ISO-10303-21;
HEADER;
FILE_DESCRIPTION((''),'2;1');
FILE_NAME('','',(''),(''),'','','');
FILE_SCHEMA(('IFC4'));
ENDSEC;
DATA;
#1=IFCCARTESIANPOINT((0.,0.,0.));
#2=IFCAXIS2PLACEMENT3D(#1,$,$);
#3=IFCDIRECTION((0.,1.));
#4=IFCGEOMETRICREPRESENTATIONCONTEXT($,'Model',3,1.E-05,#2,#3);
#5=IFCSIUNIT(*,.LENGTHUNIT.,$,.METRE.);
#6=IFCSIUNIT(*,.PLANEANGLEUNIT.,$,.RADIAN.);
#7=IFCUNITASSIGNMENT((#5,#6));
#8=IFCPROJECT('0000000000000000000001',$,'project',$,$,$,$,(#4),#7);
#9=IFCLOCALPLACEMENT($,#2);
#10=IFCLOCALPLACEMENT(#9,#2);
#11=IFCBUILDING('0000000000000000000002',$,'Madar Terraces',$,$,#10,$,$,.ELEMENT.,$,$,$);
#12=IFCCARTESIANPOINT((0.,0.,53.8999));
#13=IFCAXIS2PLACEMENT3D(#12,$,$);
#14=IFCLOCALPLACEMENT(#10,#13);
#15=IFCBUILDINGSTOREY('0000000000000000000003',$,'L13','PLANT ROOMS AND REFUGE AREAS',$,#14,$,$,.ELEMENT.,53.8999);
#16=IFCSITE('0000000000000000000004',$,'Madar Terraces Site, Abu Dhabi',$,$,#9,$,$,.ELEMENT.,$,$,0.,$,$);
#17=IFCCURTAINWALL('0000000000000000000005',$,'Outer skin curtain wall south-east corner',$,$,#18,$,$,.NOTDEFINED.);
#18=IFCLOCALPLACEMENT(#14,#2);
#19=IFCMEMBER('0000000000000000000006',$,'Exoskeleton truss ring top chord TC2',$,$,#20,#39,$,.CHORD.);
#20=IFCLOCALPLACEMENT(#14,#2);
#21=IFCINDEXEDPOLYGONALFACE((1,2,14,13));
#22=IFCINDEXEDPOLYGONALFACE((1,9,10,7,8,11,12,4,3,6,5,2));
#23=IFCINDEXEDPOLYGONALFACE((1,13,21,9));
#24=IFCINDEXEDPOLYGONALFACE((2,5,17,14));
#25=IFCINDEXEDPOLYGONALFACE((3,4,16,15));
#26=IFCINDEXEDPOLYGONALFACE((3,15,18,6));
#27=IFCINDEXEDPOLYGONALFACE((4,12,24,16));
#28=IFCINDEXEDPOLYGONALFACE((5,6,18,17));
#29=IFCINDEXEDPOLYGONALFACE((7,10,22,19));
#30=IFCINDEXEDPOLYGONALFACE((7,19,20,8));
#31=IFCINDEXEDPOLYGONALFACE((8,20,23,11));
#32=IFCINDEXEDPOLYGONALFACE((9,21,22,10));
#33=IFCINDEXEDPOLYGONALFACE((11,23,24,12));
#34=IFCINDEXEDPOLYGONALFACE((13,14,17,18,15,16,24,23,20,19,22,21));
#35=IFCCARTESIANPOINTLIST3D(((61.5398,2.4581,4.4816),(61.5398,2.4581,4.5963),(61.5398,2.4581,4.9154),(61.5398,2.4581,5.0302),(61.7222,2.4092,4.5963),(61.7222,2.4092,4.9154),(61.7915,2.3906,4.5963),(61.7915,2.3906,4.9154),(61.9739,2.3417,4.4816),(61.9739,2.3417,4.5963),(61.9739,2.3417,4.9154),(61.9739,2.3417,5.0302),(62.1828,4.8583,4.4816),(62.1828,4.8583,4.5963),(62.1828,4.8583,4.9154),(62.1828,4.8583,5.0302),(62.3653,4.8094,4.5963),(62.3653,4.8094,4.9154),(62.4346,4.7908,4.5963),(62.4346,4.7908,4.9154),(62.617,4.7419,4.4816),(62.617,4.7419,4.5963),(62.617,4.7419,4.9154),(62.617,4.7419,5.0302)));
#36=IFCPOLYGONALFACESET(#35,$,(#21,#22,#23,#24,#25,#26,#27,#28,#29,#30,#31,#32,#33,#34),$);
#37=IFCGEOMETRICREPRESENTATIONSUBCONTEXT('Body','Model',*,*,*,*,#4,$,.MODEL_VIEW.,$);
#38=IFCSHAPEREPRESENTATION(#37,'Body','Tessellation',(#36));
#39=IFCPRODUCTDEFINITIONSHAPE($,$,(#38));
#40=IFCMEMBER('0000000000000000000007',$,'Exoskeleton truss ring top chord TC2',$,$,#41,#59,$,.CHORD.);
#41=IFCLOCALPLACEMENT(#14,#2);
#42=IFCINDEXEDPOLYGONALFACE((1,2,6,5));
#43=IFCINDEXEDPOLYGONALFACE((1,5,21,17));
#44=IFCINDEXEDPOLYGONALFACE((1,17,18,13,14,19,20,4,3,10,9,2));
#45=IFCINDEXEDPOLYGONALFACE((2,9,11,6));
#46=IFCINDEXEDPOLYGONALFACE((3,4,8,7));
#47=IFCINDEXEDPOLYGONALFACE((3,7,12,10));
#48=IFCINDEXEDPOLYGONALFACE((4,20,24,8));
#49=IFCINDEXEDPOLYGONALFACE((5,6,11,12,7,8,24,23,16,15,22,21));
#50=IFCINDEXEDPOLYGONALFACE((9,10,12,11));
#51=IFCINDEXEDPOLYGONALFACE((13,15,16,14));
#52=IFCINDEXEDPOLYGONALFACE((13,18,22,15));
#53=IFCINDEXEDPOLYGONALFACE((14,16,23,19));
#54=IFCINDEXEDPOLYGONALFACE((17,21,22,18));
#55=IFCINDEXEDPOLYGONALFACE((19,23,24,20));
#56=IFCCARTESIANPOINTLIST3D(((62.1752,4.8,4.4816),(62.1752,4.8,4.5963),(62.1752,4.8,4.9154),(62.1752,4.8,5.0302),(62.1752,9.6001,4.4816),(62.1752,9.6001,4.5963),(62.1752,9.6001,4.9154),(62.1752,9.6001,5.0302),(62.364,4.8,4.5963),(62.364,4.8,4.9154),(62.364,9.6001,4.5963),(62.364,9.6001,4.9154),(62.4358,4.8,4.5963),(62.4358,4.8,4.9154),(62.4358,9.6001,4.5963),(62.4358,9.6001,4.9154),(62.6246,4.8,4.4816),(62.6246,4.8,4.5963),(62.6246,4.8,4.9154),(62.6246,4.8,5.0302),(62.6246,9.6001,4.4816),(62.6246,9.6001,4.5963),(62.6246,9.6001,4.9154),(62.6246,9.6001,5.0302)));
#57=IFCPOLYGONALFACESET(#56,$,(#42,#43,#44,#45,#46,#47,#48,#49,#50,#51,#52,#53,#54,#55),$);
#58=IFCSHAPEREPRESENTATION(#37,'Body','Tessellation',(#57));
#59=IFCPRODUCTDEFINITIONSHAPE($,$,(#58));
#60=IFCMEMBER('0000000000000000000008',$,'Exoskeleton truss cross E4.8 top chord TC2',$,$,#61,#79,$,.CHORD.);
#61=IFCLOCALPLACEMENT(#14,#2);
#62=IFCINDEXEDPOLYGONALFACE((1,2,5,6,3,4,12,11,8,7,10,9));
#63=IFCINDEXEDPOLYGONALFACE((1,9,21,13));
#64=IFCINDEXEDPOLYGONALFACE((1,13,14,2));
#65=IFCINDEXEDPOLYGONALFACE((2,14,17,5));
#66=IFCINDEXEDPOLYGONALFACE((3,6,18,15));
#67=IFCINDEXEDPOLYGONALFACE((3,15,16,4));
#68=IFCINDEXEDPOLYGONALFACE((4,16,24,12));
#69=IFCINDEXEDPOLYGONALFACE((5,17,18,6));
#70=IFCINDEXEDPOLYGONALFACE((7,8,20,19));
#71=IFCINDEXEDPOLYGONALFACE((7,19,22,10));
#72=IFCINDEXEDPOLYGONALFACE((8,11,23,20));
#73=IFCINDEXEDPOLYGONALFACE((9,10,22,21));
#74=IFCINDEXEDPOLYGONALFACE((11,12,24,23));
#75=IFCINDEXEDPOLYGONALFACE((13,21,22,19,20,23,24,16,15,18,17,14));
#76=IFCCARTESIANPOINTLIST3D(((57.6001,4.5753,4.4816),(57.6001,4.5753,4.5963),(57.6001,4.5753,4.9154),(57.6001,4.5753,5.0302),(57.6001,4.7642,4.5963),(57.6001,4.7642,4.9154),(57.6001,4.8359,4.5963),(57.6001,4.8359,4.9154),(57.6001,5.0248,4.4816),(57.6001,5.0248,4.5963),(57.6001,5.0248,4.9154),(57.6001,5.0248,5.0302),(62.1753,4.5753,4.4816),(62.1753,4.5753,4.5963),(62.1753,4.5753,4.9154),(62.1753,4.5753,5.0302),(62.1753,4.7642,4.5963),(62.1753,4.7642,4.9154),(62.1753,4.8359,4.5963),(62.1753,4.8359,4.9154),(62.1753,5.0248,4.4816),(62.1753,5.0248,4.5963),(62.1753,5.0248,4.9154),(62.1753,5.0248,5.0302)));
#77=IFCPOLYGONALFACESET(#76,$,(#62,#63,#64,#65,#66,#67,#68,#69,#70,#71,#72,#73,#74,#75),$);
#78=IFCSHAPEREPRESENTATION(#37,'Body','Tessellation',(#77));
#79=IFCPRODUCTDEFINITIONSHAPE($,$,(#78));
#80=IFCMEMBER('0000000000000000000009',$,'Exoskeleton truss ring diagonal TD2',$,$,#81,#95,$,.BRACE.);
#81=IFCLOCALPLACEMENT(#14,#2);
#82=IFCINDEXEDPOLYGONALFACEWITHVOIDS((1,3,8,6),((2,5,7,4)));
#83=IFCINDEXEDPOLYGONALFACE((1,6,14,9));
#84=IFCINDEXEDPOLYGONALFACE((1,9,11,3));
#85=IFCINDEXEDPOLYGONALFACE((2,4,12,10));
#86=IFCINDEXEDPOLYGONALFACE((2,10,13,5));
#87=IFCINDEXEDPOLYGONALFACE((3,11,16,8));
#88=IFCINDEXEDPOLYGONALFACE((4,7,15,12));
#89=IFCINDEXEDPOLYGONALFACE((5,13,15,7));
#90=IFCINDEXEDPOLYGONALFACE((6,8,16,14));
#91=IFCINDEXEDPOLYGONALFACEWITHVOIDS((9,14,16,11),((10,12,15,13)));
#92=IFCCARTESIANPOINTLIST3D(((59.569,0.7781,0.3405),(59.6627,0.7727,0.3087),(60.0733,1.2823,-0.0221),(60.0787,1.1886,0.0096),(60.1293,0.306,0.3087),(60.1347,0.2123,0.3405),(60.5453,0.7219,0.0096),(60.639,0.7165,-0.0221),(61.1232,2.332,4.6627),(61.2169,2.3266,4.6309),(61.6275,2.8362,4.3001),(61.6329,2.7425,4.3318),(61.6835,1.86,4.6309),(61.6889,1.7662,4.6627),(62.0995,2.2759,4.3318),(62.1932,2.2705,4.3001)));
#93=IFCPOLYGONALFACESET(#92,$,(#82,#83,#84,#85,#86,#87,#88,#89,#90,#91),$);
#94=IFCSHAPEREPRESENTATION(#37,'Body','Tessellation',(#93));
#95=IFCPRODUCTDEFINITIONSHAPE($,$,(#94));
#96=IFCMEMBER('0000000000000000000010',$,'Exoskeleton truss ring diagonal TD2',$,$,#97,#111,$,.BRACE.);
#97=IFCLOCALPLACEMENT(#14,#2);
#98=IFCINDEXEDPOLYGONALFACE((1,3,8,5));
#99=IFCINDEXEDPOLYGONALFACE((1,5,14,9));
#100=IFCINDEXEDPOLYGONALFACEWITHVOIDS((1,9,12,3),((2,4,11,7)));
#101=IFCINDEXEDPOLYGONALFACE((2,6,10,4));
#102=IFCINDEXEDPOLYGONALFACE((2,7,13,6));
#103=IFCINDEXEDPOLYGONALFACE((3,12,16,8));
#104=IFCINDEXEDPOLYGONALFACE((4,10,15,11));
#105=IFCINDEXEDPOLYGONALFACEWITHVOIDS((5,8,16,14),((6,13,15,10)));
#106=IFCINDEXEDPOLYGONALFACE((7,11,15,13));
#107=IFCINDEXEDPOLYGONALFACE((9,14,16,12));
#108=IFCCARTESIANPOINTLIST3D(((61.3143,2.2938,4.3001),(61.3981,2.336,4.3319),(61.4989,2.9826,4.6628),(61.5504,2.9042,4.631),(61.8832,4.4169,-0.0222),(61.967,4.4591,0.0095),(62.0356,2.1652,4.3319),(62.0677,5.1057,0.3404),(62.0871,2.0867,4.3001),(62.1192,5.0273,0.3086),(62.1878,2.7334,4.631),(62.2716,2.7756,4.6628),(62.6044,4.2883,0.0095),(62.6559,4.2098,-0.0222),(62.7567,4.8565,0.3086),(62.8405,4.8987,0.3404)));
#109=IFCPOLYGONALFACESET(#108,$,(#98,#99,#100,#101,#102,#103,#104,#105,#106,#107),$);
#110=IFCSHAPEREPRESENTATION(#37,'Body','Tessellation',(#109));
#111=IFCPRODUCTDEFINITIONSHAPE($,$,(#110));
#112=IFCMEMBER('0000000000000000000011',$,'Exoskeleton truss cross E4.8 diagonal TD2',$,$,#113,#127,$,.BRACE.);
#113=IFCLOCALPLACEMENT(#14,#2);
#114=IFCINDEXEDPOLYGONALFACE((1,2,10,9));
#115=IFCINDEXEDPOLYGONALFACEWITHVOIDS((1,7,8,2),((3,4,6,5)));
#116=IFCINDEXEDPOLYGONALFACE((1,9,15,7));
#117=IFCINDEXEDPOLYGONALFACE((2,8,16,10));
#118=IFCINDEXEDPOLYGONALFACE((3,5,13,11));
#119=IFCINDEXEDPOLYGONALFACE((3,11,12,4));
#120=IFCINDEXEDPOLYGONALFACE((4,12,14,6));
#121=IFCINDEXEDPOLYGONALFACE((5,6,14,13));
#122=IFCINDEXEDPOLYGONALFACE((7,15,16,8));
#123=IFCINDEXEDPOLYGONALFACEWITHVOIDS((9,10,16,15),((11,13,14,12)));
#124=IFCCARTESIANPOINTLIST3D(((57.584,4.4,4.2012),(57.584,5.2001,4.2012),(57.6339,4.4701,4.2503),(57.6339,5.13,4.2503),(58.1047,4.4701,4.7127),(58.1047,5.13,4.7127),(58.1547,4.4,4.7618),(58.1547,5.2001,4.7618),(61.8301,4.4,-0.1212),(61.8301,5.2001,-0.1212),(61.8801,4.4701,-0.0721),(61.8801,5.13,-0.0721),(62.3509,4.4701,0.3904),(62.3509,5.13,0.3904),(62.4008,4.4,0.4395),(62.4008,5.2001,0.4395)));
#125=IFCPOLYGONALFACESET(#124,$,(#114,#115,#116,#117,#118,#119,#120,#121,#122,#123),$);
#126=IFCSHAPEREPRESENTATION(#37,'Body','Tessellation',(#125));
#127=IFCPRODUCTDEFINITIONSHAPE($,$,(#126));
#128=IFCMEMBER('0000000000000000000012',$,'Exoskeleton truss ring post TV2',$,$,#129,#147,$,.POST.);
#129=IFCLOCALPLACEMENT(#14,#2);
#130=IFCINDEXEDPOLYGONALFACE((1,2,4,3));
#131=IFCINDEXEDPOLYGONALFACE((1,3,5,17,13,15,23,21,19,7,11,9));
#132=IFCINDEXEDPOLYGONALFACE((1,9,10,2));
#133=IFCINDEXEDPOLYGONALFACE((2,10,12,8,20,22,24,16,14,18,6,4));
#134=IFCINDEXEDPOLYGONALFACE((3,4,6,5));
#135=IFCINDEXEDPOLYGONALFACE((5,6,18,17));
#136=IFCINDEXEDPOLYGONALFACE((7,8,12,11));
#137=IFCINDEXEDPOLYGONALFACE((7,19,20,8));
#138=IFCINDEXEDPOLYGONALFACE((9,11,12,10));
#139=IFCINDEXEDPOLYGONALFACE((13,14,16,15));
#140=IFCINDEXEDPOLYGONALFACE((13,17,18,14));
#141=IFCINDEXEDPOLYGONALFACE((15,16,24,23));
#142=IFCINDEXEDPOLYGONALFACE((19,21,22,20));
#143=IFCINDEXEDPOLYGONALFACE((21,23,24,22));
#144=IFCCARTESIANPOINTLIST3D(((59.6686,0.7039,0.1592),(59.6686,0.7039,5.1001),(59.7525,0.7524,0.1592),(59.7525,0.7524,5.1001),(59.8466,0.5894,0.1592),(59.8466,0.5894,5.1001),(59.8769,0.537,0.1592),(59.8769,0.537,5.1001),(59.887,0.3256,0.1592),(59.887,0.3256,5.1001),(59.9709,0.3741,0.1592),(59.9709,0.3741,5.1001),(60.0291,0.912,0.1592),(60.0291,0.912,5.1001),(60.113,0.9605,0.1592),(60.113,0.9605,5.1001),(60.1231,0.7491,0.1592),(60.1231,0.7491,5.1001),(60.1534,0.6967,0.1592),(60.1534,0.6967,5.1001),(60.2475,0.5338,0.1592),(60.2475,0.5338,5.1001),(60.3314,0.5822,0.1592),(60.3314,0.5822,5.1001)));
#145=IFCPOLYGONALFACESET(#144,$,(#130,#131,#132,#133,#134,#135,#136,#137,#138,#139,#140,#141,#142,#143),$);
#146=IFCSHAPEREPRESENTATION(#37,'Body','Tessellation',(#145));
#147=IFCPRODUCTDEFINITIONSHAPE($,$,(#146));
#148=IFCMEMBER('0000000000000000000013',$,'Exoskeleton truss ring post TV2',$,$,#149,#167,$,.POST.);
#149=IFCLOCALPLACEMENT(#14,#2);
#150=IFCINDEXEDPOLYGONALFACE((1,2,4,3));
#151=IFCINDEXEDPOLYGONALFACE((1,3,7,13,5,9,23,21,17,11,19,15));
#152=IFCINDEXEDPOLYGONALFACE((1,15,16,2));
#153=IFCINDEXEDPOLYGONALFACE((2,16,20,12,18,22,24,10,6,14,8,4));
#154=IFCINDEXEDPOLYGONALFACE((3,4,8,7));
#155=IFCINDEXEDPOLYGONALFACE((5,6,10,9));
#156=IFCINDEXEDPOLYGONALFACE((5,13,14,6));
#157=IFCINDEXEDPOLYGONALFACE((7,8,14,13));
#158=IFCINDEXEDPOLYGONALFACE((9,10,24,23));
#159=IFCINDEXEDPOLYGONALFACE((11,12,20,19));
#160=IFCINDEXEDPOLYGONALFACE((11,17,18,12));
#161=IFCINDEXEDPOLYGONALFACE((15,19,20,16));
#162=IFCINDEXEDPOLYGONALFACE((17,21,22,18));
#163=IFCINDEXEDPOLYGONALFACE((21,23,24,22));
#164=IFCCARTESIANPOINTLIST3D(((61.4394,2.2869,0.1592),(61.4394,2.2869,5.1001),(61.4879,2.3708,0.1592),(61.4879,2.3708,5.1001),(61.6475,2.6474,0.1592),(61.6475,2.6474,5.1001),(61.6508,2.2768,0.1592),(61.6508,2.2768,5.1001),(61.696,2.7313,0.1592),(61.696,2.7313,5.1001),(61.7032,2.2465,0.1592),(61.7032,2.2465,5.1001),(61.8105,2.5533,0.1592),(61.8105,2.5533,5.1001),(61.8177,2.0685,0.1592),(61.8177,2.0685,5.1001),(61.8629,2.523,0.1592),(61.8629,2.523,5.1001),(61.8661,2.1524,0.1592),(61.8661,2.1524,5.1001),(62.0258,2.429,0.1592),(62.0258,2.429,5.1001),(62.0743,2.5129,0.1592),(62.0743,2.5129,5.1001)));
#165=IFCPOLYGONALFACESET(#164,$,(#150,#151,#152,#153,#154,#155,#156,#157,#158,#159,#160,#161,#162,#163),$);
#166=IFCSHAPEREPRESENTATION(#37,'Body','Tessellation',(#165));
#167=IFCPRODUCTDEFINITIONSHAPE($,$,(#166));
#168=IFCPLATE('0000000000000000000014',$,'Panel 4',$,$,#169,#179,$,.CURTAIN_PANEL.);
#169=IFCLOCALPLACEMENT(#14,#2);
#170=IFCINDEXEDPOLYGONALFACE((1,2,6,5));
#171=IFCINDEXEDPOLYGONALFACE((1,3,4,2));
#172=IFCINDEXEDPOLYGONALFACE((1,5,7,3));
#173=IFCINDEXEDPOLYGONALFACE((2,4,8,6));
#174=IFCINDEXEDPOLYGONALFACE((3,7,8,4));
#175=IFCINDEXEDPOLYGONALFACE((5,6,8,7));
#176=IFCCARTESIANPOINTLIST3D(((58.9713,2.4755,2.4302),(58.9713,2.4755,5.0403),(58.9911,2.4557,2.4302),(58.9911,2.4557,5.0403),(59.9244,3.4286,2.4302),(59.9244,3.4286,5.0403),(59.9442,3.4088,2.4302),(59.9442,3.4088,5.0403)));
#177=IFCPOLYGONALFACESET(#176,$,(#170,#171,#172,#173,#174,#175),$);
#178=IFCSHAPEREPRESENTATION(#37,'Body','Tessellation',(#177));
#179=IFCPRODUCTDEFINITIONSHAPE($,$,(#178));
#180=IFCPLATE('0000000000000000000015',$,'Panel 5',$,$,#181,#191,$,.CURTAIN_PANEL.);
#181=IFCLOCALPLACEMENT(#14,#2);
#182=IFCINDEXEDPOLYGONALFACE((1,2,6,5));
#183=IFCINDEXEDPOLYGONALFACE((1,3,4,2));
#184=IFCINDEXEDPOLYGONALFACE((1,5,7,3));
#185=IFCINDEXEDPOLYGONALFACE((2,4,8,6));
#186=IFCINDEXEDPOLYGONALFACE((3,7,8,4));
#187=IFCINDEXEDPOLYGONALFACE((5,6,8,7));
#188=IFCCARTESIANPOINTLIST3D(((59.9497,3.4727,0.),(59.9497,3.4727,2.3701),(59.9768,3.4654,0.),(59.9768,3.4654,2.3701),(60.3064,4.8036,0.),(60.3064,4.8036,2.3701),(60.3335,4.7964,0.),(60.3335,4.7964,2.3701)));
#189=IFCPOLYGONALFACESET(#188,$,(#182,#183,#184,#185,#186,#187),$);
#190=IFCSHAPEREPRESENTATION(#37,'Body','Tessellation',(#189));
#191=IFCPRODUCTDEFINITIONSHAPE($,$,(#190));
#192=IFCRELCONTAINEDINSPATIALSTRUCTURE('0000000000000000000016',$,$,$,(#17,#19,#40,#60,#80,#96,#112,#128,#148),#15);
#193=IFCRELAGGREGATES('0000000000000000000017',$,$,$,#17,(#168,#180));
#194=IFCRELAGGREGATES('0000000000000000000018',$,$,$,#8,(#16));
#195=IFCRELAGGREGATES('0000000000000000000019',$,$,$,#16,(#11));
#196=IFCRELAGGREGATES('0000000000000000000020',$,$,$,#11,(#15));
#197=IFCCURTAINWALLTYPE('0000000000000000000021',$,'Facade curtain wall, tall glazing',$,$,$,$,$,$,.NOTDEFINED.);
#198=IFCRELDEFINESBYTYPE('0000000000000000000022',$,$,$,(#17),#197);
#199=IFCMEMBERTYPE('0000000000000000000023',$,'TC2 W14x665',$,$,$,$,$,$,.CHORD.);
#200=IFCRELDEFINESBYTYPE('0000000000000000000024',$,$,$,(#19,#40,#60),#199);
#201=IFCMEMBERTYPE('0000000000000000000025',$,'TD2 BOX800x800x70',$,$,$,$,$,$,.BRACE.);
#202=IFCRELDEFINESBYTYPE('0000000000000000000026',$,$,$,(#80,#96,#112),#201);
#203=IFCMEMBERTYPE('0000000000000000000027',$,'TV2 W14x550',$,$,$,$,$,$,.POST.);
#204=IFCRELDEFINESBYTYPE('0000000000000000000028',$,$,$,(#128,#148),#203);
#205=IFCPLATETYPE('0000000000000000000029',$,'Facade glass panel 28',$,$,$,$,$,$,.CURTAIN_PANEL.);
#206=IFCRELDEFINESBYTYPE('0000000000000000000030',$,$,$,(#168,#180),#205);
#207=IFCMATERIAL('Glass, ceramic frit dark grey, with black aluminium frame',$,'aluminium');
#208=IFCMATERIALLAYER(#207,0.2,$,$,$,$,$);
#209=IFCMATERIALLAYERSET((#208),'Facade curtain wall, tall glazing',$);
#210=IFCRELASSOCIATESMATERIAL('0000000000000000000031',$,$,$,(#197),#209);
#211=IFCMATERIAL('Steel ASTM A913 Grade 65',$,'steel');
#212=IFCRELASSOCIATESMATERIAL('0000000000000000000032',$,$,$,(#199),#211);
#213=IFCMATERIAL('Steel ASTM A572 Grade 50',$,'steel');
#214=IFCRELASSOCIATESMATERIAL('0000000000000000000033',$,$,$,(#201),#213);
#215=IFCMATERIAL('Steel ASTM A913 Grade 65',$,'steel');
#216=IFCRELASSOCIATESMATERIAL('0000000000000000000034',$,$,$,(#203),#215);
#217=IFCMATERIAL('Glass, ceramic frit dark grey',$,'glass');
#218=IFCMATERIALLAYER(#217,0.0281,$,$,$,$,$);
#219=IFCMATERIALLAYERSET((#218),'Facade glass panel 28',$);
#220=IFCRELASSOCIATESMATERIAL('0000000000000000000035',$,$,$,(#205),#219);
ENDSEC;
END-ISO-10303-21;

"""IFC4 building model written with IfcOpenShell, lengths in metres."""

from ifc_helpers import new_model, si_unit, direction, frame, origin, origin_2d, place, context, subcontext, project, spatial, rectangle, hollow_rectangle, i_section, extrude, material, layer, layer_set, material_profile, profile_set, type_object, element, aggregate, save


model = new_model("IFC4")

# Units and contexts
model_context = context("Model", 3, precision=1e-05, world=origin(), true_north=direction((0.0, 1.0)))
body_context = subcontext(model_context, "Body", "Model", "MODEL_VIEW")
ifc_project = project(units=[si_unit("LENGTHUNIT", "METRE"), si_unit("PLANEANGLEUNIT", "RADIAN")], contexts=[model_context])

# Site, building, storey
site_placement = place(None, origin())
site = spatial("IfcSite", under=ifc_project, at=site_placement, Name="Madar Terraces Site, Abu Dhabi", CompositionType="ELEMENT", RefElevation=0.0)
building_placement = place(site_placement, origin())
building = spatial("IfcBuilding", under=site, at=building_placement, Name="Madar Terraces", CompositionType="ELEMENT")
storey_placement = place(building_placement, frame((0.0, 0.0, 53.8999)))
storey = spatial("IfcBuildingStorey", under=building, at=storey_placement, Name="L13", Description="PLANT ROOMS AND REFUGE AREAS", CompositionType="ELEMENT", Elevation=53.8999)

# Curtain wall
ifc_material_1 = material(Name="Glass, ceramic frit dark grey, with black aluminium frame", Category="aluminium")
ifc_layer_1 = layer(ifc_material_1, 0.2)
ifc_layer_set_1 = layer_set([ifc_layer_1], Name="Facade curtain wall, tall glazing")
curtain_wall_type = type_object("IfcCurtainWallType", Name="Facade curtain wall, tall glazing", PredefinedType="NOTDEFINED", material=ifc_layer_set_1)
curtain_wall_1_placement = place(storey_placement, origin())
curtain_wall_1 = element("IfcCurtainWall", 1, at=curtain_wall_1_placement, inside=storey, type_object=curtain_wall_type, Name="Outer skin curtain wall south-east corner", PredefinedType="NOTDEFINED")

# Members
ifc_material_2 = material(Name="Steel ASTM A913 Grade 65", Category="steel")
ifc_material_profile_1 = material_profile(ifc_material_2, i_section(OverallWidth=0.4495, OverallDepth=0.5486, WebThickness=0.0718, FlangeThickness=0.1147, at=origin_2d()), Name="W14x665")
ifc_profile_set_1 = profile_set([ifc_material_profile_1], Name="Steel ASTM A913 Grade 65")
member_type_1 = type_object("IfcMemberType", Name="TC2 W14x665", PredefinedType="CHORD", material=ifc_profile_set_1)
member_1_placement = place(storey_placement, frame((61.7568, 2.3999, 4.7559), z_axis=(0.2588, 0.965931, 0.0), x_axis=(-0.965931, 0.2588, 0.0)))
element("IfcMember", 2, at=member_1_placement, inside=storey, type_object=member_type_1, Name="Exoskeleton truss ring top chord TC2", PredefinedType="CHORD", context=body_context, shape_type="SweptSolid", body=[
    extrude(i_section(OverallWidth=0.4495, OverallDepth=0.5486, WebThickness=0.0718, FlangeThickness=0.1147, at=origin_2d()), origin(), (0.0, 0.0, 1.0), 2.4849),
])
member_2_placement = place(storey_placement, frame((62.3999, 4.8, 4.7559), z_axis=(0.0, 1.0, 0.0), x_axis=(-1.0, 0.0, 0.0)))
element("IfcMember", 3, at=member_2_placement, inside=storey, type_object=member_type_1, Name="Exoskeleton truss ring top chord TC2", PredefinedType="CHORD", context=body_context, shape_type="SweptSolid", body=[
    extrude(i_section(OverallWidth=0.4495, OverallDepth=0.5486, WebThickness=0.0718, FlangeThickness=0.1147, at=origin_2d()), origin(), (0.0, 0.0, 1.0), 4.8),
])
member_3_placement = place(storey_placement, frame((62.1753, 4.8, 4.7559), z_axis=(-1.0, 0.0, 0.0), x_axis=(0.0, -1.0, 0.0)))
element("IfcMember", 4, at=member_3_placement, inside=storey, type_object=member_type_1, Name="Exoskeleton truss cross E4.8 top chord TC2", PredefinedType="CHORD", context=body_context, shape_type="SweptSolid", body=[
    extrude(i_section(OverallWidth=0.4495, OverallDepth=0.5486, WebThickness=0.0718, FlangeThickness=0.1147, at=origin_2d()), origin(), (0.0, 0.0, 1.0), 4.5752),
])
ifc_material_3 = material(Name="Steel ASTM A572 Grade 50", Category="steel")
ifc_material_profile_2 = material_profile(ifc_material_3, hollow_rectangle(XDim=0.8, YDim=0.8, WallThickness=0.0701, at=origin_2d()), Name="BOX800x800x70")
ifc_profile_set_2 = profile_set([ifc_material_profile_2], Name="Steel ASTM A572 Grade 50")
member_type_2 = type_object("IfcMemberType", Name="TD2 BOX800x800x70", PredefinedType="BRACE", material=ifc_profile_set_2)
member_4_placement = place(storey_placement, frame((60.104, 0.7473, 0.1592), z_axis=(0.320523, 0.320473, 0.891382), x_axis=(-0.707051, 0.707162, 0.0)))
element("IfcMember", 5, at=member_4_placement, inside=storey, type_object=member_type_2, Name="Exoskeleton truss ring diagonal TD2", PredefinedType="BRACE", context=body_context, shape_type="SweptSolid", body=[
    extrude(hollow_rectangle(XDim=0.8, YDim=0.8, WallThickness=0.0701, at=origin_2d()), origin(), (0.0, 0.0, 1.0), 4.8489),
])
member_5_placement = place(storey_placement, frame((61.793, 2.5347, 4.4814), z_axis=(0.117312, 0.437831, -0.891371), x_axis=(-0.965928, 0.25881, 0.0)))
element("IfcMember", 6, at=member_5_placement, inside=storey, type_object=member_type_2, Name="Exoskeleton truss ring diagonal TD2", PredefinedType="BRACE", context=body_context, shape_type="SweptSolid", body=[
    extrude(hollow_rectangle(XDim=0.8, YDim=0.8, WallThickness=0.0701, at=origin_2d()), origin(), (0.0, 0.0, 1.0), 4.8491),
])
member_6_placement = place(storey_placement, frame((62.1155, 4.8, 0.1592), z_axis=(-0.700793, 0.0, 0.713365), x_axis=(0.0, -1.0, 0.0)))
element("IfcMember", 7, at=member_6_placement, inside=storey, type_object=member_type_2, Name="Exoskeleton truss cross E4.8 diagonal TD2", PredefinedType="BRACE", context=body_context, shape_type="SweptSolid", body=[
    extrude(hollow_rectangle(XDim=0.8, YDim=0.8, WallThickness=0.0701, at=origin_2d()), origin(), (0.0, 0.0, 1.0), 6.0591),
])
ifc_material_4 = material(Name="Steel ASTM A913 Grade 65", Category="steel")
ifc_material_profile_3 = material_profile(ifc_material_4, i_section(OverallWidth=0.4368, OverallDepth=0.5132, WebThickness=0.0605, FlangeThickness=0.0969, at=origin_2d()), Name="W14x550")
ifc_profile_set_3 = profile_set([ifc_material_profile_3], Name="Steel ASTM A913 Grade 65")
member_type_3 = type_object("IfcMemberType", Name="TV2 W14x550", PredefinedType="POST", material=ifc_profile_set_3)
for number, where, z_axis, x_axis, name in (
    (8, (60.0, 0.6431, 0.1592), (0.0, 0.0, 1.0), (-0.5, 0.866025, 0.0), "Exoskeleton truss ring post TV2"),
    (9, (61.7568, 2.3999, 0.1592), (0.0, 0.0, 1.0), (-0.866025, 0.5, 0.0), "Exoskeleton truss ring post TV2"),
):
    element("IfcMember", number, at=place(storey_placement, frame(where, z_axis=z_axis, x_axis=x_axis)), inside=storey, type_object=member_type_3, Name=name, PredefinedType="POST", context=body_context, shape_type="SweptSolid", body=[
        extrude(i_section(OverallWidth=0.4368, OverallDepth=0.5132, WebThickness=0.0605, FlangeThickness=0.0969, at=origin_2d()), origin(), (0.0, 0.0, 1.0), 4.9409),
    ])

# Plates
ifc_material_5 = material(Name="Glass, ceramic frit dark grey", Category="glass")
ifc_layer_2 = layer(ifc_material_5, 0.0281)
ifc_layer_set_2 = layer_set([ifc_layer_2], Name="Facade glass panel 28")
plate_type = type_object("IfcPlateType", Name="Facade glass panel 28", PredefinedType="CURTAIN_PANEL", material=ifc_layer_set_2)
plate_1_placement = place(storey_placement, frame((59.4578, 2.9421, 2.4302), z_axis=(0.0, 0.0, 1.0), x_axis=(0.707107, 0.707107, 0.0)))
plate_1 = element("IfcPlate", 10, at=plate_1_placement, type_object=plate_type, Name="Panel 4", PredefinedType="CURTAIN_PANEL", context=body_context, shape_type="SweptSolid", body=[
    extrude(rectangle(XDim=1.3479, YDim=0.0281, at=origin_2d()), origin(), (0.0, 0.0, 1.0), 2.6101),
])
plate_2_placement = place(storey_placement, frame((60.1416, 4.1345, 0.0), z_axis=(0.0, 0.0, 1.0), x_axis=(0.258819, 0.965926, 0.0)))
plate_2 = element("IfcPlate", 11, at=plate_2_placement, type_object=plate_type, Name="Panel 5", PredefinedType="CURTAIN_PANEL", context=body_context, shape_type="SweptSolid", body=[
    extrude(rectangle(XDim=1.3779, YDim=0.0281, at=origin_2d()), origin(), (0.0, 0.0, 1.0), 2.3701),
])
aggregate(curtain_wall_1, [plate_1, plate_2])

save(model, "model.ifc")
